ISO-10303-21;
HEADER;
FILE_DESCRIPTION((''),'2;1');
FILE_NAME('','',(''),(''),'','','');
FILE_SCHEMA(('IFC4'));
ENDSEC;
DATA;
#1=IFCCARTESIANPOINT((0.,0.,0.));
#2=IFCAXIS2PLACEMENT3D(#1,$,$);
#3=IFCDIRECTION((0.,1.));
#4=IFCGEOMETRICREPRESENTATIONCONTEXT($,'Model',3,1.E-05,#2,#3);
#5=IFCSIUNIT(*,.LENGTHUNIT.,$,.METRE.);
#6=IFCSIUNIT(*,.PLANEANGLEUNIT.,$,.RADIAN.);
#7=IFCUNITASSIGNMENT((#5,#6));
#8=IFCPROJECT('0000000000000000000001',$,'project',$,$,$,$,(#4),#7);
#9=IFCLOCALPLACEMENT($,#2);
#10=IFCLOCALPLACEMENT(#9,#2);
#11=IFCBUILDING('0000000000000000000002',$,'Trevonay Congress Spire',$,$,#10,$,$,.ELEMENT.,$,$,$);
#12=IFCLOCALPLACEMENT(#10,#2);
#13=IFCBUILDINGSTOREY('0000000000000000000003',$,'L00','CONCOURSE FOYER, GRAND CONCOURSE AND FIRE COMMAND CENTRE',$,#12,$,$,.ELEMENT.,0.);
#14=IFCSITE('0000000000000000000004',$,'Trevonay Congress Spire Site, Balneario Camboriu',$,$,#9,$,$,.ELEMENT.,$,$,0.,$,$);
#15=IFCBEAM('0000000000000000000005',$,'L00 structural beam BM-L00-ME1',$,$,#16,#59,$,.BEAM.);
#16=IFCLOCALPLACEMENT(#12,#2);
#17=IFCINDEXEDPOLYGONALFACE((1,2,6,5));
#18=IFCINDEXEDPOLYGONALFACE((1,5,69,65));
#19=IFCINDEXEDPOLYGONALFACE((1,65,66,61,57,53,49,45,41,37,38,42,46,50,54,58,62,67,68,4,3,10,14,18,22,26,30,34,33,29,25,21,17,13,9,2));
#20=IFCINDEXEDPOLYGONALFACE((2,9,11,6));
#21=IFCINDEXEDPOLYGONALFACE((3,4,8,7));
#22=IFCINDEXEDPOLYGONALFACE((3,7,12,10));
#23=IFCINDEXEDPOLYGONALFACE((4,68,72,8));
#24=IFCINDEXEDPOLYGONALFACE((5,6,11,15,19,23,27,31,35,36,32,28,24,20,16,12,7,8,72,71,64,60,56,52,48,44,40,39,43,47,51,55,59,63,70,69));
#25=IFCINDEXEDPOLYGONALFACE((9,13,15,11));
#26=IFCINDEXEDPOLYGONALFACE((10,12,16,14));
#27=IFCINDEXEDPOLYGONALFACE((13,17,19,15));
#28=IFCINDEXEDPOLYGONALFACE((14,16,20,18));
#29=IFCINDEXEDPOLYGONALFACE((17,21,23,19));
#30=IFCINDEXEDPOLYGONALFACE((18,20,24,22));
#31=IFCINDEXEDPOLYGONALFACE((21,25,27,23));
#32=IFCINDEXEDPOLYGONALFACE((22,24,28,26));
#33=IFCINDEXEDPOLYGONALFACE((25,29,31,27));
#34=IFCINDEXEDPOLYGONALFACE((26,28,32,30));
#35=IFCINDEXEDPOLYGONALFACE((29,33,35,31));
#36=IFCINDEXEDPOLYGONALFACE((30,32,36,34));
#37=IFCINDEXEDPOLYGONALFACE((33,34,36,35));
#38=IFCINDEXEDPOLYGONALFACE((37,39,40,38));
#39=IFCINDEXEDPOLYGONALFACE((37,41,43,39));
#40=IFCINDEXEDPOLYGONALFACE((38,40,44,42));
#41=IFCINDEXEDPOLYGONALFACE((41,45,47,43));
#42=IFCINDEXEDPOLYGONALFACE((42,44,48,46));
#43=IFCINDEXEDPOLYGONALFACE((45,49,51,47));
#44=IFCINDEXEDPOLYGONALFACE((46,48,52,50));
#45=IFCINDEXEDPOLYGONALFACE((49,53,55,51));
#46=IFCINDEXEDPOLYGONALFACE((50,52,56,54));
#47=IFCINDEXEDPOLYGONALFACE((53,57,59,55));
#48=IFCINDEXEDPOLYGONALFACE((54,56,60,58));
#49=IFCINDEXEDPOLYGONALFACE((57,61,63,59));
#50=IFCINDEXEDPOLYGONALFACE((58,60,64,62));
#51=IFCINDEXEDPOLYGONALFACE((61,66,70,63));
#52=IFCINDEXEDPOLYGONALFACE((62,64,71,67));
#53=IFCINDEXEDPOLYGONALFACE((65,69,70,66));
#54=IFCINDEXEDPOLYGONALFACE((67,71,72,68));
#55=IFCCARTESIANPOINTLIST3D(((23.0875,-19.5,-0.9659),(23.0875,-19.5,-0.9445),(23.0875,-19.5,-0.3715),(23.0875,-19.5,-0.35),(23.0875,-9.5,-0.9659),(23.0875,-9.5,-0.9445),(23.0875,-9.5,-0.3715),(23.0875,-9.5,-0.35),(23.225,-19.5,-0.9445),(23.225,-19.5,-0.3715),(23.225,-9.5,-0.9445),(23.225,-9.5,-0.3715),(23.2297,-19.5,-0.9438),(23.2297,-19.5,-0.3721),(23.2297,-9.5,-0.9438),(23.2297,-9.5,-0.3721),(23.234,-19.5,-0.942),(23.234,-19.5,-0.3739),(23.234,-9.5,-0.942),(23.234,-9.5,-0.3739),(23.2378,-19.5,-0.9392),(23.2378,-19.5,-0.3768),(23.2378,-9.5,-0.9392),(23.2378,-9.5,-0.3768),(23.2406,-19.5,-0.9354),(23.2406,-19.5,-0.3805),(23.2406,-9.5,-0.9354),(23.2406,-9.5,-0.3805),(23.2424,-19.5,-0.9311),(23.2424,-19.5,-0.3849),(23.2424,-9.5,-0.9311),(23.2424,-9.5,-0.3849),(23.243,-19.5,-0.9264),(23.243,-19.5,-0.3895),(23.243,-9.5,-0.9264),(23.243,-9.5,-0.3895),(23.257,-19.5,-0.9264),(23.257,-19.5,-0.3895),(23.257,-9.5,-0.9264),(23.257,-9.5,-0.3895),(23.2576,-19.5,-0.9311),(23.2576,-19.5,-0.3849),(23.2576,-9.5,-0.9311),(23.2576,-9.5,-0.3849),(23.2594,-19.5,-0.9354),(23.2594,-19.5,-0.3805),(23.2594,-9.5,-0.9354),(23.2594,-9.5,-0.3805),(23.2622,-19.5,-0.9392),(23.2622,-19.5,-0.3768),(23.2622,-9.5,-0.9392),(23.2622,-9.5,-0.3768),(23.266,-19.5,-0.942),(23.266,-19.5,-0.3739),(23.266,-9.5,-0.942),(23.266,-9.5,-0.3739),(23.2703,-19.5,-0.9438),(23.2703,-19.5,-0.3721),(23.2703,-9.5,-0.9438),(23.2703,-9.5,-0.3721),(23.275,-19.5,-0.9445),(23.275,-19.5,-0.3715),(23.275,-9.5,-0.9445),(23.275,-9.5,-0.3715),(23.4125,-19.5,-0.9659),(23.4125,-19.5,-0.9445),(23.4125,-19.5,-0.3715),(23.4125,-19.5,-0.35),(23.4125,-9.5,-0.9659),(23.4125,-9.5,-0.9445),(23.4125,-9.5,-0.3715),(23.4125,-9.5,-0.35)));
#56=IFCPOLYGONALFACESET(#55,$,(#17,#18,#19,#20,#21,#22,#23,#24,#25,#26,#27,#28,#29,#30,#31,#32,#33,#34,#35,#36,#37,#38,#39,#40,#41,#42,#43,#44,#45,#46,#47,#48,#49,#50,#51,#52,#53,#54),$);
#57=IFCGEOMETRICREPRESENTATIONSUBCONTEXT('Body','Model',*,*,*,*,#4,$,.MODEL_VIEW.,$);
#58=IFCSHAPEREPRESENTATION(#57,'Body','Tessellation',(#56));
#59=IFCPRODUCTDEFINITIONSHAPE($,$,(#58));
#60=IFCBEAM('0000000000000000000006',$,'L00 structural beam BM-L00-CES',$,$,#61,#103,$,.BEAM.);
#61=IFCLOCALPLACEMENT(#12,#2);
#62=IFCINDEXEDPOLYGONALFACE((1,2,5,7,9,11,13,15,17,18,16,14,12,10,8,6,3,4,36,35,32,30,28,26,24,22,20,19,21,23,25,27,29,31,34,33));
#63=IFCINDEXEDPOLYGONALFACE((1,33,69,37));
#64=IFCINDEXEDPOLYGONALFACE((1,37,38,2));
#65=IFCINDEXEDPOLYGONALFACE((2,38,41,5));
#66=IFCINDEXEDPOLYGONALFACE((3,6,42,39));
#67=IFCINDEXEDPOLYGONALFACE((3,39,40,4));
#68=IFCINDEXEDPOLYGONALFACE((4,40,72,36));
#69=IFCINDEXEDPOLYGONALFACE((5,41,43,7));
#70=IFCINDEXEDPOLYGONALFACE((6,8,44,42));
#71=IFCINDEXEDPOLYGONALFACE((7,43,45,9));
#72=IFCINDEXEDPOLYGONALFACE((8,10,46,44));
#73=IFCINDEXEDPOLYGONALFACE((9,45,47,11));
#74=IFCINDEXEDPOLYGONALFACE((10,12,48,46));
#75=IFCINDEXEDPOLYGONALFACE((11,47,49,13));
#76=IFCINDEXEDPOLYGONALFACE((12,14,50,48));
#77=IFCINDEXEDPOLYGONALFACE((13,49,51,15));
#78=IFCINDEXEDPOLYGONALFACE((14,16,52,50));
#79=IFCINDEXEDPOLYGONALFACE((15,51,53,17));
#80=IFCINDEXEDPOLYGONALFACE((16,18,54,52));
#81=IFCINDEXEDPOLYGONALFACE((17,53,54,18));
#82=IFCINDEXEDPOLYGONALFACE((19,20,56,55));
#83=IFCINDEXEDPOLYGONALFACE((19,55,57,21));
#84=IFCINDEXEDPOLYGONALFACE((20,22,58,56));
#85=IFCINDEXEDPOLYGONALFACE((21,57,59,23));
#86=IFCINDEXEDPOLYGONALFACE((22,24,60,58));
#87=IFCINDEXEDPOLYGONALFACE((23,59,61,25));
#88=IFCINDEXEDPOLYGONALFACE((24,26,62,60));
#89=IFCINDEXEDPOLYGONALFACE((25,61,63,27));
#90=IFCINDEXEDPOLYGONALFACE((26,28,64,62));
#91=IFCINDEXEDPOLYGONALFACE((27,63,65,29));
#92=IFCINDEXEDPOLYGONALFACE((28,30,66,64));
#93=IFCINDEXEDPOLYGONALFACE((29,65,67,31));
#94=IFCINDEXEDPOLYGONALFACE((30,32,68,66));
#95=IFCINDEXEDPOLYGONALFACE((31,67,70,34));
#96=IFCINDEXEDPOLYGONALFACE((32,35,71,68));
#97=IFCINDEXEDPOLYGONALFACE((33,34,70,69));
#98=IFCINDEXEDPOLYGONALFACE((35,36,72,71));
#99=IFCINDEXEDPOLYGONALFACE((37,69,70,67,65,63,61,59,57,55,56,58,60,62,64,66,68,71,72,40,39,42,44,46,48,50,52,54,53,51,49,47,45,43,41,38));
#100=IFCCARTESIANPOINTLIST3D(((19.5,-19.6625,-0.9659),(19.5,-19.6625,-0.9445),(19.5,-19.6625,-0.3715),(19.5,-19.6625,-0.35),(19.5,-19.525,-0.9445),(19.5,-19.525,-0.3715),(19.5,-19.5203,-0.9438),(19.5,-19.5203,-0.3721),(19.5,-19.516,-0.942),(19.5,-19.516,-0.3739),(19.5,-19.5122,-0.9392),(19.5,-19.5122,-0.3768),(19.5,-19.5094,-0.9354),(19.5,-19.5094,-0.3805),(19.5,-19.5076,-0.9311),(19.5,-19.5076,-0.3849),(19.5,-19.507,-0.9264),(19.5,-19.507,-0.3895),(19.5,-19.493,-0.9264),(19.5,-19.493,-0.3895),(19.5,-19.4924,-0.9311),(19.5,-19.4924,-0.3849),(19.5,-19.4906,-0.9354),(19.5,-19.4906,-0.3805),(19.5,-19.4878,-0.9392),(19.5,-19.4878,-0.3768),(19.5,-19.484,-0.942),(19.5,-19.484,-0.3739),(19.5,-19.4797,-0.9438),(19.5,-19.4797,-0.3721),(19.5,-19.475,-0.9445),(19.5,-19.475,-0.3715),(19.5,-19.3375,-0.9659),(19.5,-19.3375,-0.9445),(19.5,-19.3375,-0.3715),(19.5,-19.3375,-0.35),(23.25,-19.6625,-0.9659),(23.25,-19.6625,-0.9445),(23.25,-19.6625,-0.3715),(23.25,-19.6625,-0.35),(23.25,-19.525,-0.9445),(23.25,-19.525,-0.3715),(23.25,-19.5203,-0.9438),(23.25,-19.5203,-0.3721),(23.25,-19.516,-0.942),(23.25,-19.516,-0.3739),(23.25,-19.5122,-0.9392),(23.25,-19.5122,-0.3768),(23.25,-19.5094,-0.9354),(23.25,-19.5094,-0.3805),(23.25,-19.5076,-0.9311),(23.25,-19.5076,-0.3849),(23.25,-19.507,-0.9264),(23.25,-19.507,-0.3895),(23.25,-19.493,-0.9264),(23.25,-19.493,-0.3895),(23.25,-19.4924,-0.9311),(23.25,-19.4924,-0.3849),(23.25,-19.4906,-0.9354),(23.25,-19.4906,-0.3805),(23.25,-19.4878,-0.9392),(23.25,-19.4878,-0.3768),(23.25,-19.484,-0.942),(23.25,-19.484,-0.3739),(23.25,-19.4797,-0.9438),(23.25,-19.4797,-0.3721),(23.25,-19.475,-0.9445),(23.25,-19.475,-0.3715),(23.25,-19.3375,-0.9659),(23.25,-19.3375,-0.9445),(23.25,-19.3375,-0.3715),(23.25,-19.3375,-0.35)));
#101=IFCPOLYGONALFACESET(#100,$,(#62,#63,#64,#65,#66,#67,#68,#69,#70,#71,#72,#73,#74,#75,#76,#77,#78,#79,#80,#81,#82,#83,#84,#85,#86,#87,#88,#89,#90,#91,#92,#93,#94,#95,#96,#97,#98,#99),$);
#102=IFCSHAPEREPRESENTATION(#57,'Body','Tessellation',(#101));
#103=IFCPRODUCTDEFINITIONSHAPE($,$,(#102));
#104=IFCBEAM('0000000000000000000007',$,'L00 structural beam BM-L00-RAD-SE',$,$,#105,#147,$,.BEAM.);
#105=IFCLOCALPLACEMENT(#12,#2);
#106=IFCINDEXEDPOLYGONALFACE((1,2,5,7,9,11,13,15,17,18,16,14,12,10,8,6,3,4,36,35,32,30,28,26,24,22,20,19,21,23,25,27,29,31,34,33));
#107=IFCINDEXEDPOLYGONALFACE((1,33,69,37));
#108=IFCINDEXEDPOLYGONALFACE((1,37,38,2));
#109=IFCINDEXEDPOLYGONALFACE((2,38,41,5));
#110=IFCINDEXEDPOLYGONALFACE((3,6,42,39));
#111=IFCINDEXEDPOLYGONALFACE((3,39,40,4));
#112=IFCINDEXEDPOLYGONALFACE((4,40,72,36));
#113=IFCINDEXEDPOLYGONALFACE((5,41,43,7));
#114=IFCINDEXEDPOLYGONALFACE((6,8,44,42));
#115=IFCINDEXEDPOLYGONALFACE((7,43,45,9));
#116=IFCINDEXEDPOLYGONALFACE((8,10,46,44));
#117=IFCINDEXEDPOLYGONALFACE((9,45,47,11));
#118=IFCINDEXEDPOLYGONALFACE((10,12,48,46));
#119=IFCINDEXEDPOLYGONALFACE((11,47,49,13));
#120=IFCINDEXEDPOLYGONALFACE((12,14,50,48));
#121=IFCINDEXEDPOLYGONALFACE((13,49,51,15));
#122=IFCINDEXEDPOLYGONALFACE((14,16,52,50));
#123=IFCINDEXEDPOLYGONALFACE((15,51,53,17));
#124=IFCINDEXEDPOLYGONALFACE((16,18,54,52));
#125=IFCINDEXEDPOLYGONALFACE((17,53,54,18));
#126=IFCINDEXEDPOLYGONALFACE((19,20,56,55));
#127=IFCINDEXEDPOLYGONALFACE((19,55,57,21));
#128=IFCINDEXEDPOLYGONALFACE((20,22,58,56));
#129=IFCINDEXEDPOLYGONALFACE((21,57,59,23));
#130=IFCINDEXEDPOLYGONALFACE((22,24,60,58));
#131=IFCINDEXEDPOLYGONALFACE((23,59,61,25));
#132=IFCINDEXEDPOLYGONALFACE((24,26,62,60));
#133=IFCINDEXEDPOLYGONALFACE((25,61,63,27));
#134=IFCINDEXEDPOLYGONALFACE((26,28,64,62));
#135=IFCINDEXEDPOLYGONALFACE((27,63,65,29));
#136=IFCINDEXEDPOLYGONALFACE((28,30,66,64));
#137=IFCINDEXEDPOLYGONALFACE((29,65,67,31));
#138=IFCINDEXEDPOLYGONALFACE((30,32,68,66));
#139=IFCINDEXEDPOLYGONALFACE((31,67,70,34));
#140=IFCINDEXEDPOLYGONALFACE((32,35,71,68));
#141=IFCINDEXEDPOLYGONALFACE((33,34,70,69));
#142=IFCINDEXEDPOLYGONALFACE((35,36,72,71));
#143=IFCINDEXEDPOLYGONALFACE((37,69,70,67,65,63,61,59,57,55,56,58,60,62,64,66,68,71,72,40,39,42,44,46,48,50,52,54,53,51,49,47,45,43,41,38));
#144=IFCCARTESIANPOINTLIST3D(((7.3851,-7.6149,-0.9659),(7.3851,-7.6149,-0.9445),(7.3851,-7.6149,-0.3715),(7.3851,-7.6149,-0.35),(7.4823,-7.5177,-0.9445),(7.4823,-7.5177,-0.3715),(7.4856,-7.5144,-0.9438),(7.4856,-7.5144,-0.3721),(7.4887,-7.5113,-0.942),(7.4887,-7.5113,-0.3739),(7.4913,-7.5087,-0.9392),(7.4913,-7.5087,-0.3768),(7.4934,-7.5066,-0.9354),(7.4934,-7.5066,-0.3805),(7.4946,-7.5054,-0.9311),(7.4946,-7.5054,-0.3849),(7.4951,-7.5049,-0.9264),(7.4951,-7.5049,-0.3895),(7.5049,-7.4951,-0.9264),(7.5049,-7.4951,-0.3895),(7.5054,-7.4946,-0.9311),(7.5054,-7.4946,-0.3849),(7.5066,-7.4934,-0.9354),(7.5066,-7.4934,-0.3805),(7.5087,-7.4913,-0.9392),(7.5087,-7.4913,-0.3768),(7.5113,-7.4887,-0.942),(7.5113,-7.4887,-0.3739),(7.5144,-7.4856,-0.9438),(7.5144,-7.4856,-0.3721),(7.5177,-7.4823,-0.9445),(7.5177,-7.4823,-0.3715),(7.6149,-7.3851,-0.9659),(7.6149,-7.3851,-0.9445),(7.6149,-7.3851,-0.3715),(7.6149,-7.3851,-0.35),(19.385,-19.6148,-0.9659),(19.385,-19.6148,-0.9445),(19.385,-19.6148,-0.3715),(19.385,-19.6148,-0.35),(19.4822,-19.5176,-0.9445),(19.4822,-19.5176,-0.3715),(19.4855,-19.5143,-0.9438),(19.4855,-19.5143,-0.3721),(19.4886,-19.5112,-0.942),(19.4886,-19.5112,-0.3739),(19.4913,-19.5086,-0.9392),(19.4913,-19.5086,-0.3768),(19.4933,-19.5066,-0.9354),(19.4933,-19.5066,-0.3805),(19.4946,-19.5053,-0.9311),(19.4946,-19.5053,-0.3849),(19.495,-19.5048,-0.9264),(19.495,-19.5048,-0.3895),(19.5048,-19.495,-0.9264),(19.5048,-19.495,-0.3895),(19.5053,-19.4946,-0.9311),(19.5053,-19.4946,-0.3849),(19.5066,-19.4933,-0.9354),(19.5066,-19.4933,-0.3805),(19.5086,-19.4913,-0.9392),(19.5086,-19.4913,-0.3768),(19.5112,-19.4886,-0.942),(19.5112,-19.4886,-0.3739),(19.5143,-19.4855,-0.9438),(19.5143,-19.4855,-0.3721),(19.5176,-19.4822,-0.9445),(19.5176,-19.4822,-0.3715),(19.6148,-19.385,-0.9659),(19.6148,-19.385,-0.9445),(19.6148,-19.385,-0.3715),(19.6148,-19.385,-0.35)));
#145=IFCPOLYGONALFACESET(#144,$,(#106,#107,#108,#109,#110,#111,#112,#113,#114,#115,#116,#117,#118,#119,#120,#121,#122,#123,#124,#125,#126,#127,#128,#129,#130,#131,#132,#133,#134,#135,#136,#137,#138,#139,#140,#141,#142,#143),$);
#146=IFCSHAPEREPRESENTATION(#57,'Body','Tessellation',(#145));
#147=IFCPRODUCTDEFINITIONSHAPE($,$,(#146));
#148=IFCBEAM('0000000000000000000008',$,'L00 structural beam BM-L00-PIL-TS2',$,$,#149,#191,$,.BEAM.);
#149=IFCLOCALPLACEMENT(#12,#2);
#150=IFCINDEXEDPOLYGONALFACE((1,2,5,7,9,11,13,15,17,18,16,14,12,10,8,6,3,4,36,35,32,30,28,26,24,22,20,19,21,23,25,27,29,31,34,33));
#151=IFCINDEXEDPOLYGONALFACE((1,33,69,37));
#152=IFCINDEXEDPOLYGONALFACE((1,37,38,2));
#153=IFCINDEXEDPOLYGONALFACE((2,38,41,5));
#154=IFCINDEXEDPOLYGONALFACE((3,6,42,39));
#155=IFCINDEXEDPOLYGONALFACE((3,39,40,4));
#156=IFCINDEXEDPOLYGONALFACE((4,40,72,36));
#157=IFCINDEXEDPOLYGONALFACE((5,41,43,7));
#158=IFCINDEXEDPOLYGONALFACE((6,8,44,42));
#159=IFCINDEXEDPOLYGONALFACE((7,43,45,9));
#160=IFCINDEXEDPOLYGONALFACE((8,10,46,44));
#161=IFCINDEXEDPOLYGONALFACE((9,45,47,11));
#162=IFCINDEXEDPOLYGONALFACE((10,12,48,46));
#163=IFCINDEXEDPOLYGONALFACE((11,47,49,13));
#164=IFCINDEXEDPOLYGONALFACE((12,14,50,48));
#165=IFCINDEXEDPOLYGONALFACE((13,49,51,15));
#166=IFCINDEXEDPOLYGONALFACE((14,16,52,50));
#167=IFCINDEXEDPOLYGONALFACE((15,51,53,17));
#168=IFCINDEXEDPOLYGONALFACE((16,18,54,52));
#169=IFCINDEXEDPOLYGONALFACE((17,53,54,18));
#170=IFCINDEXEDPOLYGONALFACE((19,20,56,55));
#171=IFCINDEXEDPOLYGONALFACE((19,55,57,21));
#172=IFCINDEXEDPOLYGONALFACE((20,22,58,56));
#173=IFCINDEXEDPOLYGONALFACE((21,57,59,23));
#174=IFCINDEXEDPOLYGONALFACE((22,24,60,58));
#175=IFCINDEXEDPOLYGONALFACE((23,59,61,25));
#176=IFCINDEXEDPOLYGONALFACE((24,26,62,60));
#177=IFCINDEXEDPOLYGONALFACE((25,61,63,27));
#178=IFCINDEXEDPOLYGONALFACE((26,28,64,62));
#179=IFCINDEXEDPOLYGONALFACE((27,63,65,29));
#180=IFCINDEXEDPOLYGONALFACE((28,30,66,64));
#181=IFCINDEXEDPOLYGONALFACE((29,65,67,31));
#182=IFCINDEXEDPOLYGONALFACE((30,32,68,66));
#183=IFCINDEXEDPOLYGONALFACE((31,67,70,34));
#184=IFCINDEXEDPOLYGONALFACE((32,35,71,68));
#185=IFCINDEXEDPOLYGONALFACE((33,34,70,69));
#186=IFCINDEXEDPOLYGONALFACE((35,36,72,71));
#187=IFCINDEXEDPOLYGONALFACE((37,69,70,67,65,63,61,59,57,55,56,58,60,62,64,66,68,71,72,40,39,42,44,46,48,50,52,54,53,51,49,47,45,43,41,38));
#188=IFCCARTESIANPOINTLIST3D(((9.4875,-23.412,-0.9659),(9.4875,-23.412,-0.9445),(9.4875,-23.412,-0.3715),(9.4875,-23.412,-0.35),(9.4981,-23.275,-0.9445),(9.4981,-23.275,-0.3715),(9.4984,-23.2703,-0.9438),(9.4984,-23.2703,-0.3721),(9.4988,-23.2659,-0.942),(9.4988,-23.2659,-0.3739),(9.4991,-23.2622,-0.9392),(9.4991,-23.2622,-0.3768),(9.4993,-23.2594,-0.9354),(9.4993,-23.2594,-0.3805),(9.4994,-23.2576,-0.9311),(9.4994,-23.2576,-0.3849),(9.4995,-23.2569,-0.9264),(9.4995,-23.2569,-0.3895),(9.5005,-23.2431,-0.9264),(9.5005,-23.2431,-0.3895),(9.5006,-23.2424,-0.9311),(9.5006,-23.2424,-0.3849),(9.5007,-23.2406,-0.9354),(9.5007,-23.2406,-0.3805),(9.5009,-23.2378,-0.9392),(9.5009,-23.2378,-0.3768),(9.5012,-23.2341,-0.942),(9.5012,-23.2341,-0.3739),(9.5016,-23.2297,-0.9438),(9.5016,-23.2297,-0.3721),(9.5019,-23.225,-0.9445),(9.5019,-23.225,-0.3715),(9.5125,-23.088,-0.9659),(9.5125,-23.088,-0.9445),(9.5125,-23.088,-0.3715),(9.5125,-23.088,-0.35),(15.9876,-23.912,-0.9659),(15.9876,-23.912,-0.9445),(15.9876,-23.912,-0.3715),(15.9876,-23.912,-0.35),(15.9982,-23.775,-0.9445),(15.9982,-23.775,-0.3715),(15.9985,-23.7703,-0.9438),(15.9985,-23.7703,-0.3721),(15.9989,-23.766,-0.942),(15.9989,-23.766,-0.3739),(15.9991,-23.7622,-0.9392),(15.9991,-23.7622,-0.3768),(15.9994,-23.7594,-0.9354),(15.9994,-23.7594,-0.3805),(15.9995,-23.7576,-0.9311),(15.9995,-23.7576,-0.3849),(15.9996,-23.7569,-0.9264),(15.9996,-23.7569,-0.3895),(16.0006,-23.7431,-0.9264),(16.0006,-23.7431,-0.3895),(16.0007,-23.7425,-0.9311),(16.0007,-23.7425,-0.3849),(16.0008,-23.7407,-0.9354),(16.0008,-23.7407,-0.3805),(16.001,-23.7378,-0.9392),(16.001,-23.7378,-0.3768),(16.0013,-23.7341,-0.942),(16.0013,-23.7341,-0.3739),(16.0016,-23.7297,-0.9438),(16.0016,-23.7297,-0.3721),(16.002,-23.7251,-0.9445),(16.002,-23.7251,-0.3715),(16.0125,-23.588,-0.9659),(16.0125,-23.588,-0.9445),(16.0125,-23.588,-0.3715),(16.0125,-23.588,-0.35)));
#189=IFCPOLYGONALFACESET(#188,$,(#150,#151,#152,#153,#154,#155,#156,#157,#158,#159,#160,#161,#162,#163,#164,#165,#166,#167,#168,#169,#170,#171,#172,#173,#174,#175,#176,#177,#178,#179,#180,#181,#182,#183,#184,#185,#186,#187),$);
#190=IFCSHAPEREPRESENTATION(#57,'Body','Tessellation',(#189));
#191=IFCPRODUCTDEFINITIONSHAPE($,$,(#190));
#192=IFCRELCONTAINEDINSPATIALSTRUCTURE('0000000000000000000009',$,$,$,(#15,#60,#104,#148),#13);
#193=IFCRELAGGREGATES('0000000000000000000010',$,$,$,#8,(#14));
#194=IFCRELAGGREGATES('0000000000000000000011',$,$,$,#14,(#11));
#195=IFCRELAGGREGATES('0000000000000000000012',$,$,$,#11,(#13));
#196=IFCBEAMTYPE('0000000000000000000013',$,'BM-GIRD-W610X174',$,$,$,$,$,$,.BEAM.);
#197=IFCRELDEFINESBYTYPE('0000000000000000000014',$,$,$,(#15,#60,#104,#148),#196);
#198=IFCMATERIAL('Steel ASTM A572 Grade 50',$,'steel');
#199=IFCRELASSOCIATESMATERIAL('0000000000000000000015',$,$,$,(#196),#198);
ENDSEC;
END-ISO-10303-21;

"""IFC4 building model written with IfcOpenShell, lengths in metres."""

from ifc_helpers import new_model, si_unit, direction, frame, origin, origin_2d, place, context, subcontext, project, spatial, i_section, extrude, material, material_profile, profile_set, type_object, element, save


model = new_model("IFC4")

# Units and contexts
model_context = context("Model", 3, precision=1e-05, world=origin(), true_north=direction((0.0, 1.0)))
body_context = subcontext(model_context, "Body", "Model", "MODEL_VIEW")
ifc_project = project(units=[si_unit("LENGTHUNIT", "METRE"), si_unit("PLANEANGLEUNIT", "RADIAN")], contexts=[model_context])

# Site, building, storey
site_placement = place(None, origin())
site = spatial("IfcSite", under=ifc_project, at=site_placement, Name="Trevonay Congress Spire Site, Balneario Camboriu", CompositionType="ELEMENT", RefElevation=0.0)
building_placement = place(site_placement, origin())
building = spatial("IfcBuilding", under=site, at=building_placement, Name="Trevonay Congress Spire", CompositionType="ELEMENT")
storey_placement = place(building_placement, origin())
storey = spatial("IfcBuildingStorey", under=building, at=storey_placement, Name="L00", Description="CONCOURSE FOYER, GRAND CONCOURSE AND FIRE COMMAND CENTRE", CompositionType="ELEMENT", Elevation=0.0)

# Shared definitions
ifc_material_1 = material(Name="Steel ASTM A572 Grade 50", Category="steel")

# Beams
ifc_material_profile_1 = material_profile(ifc_material_1, i_section(OverallWidth=0.325, OverallDepth=0.616, WebThickness=0.0139, FlangeThickness=0.0215, FilletRadius=0.0181, at=origin_2d()), Name="W610x174")
ifc_profile_set_1 = profile_set([ifc_material_profile_1], Name="Steel ASTM A572 Grade 50")
beam_type_1 = type_object("IfcBeamType", Name="BM-GIRD-W610X174", PredefinedType="BEAM", material=ifc_profile_set_1)
beam_1_placement = place(storey_placement, frame((23.25, -19.5, -0.658), z_axis=(0.0, 1.0, 0.0), x_axis=(-1.0, 0.0, 0.0)))
element("IfcBeam", 1, at=beam_1_placement, inside=storey, type_object=beam_type_1, Name="L00 structural beam BM-L00-ME1", PredefinedType="BEAM", context=body_context, shape_type="SweptSolid", body=[
    extrude(i_section(OverallWidth=0.325, OverallDepth=0.616, WebThickness=0.0139, FlangeThickness=0.0215, FilletRadius=0.0181, at=origin_2d()), origin(), (0.0, 0.0, 1.0), 10.0),
])
beam_2_placement = place(storey_placement, frame((23.25, -19.5, -0.658), z_axis=(-1.0, 0.0, 0.0), x_axis=(0.0, -1.0, 0.0)))
element("IfcBeam", 2, at=beam_2_placement, inside=storey, type_object=beam_type_1, Name="L00 structural beam BM-L00-CES", PredefinedType="BEAM", context=body_context, shape_type="SweptSolid", body=[
    extrude(i_section(OverallWidth=0.325, OverallDepth=0.616, WebThickness=0.0139, FlangeThickness=0.0215, FilletRadius=0.0181, at=origin_2d()), origin(), (0.0, 0.0, 1.0), 3.75),
])
beam_3_placement = place(storey_placement, frame((7.5, -7.5, -0.658), z_axis=(0.707107, -0.707107, 0.0), x_axis=(0.707107, 0.707107, 0.0)))
element("IfcBeam", 3, at=beam_3_placement, inside=storey, type_object=beam_type_1, Name="L00 structural beam BM-L00-RAD-SE", PredefinedType="BEAM", context=body_context, shape_type="SweptSolid", body=[
    extrude(i_section(OverallWidth=0.325, OverallDepth=0.616, WebThickness=0.0139, FlangeThickness=0.0215, FilletRadius=0.0181, at=origin_2d()), origin(), (0.0, 0.0, 1.0), 16.9705),
])
beam_4_placement = place(storey_placement, frame((9.5, -23.25, -0.658), z_axis=(0.997054, -0.076696, 0.0), x_axis=(0.076696, 0.997054, 0.0)))
element("IfcBeam", 4, at=beam_4_placement, inside=storey, type_object=beam_type_1, Name="L00 structural beam BM-L00-PIL-TS2", PredefinedType="BEAM", context=body_context, shape_type="SweptSolid", body=[
    extrude(i_section(OverallWidth=0.325, OverallDepth=0.616, WebThickness=0.0139, FlangeThickness=0.0215, FilletRadius=0.0181, at=origin_2d()), origin(), (0.0, 0.0, 1.0), 6.5193),
])

save(model, "model.ifc")
